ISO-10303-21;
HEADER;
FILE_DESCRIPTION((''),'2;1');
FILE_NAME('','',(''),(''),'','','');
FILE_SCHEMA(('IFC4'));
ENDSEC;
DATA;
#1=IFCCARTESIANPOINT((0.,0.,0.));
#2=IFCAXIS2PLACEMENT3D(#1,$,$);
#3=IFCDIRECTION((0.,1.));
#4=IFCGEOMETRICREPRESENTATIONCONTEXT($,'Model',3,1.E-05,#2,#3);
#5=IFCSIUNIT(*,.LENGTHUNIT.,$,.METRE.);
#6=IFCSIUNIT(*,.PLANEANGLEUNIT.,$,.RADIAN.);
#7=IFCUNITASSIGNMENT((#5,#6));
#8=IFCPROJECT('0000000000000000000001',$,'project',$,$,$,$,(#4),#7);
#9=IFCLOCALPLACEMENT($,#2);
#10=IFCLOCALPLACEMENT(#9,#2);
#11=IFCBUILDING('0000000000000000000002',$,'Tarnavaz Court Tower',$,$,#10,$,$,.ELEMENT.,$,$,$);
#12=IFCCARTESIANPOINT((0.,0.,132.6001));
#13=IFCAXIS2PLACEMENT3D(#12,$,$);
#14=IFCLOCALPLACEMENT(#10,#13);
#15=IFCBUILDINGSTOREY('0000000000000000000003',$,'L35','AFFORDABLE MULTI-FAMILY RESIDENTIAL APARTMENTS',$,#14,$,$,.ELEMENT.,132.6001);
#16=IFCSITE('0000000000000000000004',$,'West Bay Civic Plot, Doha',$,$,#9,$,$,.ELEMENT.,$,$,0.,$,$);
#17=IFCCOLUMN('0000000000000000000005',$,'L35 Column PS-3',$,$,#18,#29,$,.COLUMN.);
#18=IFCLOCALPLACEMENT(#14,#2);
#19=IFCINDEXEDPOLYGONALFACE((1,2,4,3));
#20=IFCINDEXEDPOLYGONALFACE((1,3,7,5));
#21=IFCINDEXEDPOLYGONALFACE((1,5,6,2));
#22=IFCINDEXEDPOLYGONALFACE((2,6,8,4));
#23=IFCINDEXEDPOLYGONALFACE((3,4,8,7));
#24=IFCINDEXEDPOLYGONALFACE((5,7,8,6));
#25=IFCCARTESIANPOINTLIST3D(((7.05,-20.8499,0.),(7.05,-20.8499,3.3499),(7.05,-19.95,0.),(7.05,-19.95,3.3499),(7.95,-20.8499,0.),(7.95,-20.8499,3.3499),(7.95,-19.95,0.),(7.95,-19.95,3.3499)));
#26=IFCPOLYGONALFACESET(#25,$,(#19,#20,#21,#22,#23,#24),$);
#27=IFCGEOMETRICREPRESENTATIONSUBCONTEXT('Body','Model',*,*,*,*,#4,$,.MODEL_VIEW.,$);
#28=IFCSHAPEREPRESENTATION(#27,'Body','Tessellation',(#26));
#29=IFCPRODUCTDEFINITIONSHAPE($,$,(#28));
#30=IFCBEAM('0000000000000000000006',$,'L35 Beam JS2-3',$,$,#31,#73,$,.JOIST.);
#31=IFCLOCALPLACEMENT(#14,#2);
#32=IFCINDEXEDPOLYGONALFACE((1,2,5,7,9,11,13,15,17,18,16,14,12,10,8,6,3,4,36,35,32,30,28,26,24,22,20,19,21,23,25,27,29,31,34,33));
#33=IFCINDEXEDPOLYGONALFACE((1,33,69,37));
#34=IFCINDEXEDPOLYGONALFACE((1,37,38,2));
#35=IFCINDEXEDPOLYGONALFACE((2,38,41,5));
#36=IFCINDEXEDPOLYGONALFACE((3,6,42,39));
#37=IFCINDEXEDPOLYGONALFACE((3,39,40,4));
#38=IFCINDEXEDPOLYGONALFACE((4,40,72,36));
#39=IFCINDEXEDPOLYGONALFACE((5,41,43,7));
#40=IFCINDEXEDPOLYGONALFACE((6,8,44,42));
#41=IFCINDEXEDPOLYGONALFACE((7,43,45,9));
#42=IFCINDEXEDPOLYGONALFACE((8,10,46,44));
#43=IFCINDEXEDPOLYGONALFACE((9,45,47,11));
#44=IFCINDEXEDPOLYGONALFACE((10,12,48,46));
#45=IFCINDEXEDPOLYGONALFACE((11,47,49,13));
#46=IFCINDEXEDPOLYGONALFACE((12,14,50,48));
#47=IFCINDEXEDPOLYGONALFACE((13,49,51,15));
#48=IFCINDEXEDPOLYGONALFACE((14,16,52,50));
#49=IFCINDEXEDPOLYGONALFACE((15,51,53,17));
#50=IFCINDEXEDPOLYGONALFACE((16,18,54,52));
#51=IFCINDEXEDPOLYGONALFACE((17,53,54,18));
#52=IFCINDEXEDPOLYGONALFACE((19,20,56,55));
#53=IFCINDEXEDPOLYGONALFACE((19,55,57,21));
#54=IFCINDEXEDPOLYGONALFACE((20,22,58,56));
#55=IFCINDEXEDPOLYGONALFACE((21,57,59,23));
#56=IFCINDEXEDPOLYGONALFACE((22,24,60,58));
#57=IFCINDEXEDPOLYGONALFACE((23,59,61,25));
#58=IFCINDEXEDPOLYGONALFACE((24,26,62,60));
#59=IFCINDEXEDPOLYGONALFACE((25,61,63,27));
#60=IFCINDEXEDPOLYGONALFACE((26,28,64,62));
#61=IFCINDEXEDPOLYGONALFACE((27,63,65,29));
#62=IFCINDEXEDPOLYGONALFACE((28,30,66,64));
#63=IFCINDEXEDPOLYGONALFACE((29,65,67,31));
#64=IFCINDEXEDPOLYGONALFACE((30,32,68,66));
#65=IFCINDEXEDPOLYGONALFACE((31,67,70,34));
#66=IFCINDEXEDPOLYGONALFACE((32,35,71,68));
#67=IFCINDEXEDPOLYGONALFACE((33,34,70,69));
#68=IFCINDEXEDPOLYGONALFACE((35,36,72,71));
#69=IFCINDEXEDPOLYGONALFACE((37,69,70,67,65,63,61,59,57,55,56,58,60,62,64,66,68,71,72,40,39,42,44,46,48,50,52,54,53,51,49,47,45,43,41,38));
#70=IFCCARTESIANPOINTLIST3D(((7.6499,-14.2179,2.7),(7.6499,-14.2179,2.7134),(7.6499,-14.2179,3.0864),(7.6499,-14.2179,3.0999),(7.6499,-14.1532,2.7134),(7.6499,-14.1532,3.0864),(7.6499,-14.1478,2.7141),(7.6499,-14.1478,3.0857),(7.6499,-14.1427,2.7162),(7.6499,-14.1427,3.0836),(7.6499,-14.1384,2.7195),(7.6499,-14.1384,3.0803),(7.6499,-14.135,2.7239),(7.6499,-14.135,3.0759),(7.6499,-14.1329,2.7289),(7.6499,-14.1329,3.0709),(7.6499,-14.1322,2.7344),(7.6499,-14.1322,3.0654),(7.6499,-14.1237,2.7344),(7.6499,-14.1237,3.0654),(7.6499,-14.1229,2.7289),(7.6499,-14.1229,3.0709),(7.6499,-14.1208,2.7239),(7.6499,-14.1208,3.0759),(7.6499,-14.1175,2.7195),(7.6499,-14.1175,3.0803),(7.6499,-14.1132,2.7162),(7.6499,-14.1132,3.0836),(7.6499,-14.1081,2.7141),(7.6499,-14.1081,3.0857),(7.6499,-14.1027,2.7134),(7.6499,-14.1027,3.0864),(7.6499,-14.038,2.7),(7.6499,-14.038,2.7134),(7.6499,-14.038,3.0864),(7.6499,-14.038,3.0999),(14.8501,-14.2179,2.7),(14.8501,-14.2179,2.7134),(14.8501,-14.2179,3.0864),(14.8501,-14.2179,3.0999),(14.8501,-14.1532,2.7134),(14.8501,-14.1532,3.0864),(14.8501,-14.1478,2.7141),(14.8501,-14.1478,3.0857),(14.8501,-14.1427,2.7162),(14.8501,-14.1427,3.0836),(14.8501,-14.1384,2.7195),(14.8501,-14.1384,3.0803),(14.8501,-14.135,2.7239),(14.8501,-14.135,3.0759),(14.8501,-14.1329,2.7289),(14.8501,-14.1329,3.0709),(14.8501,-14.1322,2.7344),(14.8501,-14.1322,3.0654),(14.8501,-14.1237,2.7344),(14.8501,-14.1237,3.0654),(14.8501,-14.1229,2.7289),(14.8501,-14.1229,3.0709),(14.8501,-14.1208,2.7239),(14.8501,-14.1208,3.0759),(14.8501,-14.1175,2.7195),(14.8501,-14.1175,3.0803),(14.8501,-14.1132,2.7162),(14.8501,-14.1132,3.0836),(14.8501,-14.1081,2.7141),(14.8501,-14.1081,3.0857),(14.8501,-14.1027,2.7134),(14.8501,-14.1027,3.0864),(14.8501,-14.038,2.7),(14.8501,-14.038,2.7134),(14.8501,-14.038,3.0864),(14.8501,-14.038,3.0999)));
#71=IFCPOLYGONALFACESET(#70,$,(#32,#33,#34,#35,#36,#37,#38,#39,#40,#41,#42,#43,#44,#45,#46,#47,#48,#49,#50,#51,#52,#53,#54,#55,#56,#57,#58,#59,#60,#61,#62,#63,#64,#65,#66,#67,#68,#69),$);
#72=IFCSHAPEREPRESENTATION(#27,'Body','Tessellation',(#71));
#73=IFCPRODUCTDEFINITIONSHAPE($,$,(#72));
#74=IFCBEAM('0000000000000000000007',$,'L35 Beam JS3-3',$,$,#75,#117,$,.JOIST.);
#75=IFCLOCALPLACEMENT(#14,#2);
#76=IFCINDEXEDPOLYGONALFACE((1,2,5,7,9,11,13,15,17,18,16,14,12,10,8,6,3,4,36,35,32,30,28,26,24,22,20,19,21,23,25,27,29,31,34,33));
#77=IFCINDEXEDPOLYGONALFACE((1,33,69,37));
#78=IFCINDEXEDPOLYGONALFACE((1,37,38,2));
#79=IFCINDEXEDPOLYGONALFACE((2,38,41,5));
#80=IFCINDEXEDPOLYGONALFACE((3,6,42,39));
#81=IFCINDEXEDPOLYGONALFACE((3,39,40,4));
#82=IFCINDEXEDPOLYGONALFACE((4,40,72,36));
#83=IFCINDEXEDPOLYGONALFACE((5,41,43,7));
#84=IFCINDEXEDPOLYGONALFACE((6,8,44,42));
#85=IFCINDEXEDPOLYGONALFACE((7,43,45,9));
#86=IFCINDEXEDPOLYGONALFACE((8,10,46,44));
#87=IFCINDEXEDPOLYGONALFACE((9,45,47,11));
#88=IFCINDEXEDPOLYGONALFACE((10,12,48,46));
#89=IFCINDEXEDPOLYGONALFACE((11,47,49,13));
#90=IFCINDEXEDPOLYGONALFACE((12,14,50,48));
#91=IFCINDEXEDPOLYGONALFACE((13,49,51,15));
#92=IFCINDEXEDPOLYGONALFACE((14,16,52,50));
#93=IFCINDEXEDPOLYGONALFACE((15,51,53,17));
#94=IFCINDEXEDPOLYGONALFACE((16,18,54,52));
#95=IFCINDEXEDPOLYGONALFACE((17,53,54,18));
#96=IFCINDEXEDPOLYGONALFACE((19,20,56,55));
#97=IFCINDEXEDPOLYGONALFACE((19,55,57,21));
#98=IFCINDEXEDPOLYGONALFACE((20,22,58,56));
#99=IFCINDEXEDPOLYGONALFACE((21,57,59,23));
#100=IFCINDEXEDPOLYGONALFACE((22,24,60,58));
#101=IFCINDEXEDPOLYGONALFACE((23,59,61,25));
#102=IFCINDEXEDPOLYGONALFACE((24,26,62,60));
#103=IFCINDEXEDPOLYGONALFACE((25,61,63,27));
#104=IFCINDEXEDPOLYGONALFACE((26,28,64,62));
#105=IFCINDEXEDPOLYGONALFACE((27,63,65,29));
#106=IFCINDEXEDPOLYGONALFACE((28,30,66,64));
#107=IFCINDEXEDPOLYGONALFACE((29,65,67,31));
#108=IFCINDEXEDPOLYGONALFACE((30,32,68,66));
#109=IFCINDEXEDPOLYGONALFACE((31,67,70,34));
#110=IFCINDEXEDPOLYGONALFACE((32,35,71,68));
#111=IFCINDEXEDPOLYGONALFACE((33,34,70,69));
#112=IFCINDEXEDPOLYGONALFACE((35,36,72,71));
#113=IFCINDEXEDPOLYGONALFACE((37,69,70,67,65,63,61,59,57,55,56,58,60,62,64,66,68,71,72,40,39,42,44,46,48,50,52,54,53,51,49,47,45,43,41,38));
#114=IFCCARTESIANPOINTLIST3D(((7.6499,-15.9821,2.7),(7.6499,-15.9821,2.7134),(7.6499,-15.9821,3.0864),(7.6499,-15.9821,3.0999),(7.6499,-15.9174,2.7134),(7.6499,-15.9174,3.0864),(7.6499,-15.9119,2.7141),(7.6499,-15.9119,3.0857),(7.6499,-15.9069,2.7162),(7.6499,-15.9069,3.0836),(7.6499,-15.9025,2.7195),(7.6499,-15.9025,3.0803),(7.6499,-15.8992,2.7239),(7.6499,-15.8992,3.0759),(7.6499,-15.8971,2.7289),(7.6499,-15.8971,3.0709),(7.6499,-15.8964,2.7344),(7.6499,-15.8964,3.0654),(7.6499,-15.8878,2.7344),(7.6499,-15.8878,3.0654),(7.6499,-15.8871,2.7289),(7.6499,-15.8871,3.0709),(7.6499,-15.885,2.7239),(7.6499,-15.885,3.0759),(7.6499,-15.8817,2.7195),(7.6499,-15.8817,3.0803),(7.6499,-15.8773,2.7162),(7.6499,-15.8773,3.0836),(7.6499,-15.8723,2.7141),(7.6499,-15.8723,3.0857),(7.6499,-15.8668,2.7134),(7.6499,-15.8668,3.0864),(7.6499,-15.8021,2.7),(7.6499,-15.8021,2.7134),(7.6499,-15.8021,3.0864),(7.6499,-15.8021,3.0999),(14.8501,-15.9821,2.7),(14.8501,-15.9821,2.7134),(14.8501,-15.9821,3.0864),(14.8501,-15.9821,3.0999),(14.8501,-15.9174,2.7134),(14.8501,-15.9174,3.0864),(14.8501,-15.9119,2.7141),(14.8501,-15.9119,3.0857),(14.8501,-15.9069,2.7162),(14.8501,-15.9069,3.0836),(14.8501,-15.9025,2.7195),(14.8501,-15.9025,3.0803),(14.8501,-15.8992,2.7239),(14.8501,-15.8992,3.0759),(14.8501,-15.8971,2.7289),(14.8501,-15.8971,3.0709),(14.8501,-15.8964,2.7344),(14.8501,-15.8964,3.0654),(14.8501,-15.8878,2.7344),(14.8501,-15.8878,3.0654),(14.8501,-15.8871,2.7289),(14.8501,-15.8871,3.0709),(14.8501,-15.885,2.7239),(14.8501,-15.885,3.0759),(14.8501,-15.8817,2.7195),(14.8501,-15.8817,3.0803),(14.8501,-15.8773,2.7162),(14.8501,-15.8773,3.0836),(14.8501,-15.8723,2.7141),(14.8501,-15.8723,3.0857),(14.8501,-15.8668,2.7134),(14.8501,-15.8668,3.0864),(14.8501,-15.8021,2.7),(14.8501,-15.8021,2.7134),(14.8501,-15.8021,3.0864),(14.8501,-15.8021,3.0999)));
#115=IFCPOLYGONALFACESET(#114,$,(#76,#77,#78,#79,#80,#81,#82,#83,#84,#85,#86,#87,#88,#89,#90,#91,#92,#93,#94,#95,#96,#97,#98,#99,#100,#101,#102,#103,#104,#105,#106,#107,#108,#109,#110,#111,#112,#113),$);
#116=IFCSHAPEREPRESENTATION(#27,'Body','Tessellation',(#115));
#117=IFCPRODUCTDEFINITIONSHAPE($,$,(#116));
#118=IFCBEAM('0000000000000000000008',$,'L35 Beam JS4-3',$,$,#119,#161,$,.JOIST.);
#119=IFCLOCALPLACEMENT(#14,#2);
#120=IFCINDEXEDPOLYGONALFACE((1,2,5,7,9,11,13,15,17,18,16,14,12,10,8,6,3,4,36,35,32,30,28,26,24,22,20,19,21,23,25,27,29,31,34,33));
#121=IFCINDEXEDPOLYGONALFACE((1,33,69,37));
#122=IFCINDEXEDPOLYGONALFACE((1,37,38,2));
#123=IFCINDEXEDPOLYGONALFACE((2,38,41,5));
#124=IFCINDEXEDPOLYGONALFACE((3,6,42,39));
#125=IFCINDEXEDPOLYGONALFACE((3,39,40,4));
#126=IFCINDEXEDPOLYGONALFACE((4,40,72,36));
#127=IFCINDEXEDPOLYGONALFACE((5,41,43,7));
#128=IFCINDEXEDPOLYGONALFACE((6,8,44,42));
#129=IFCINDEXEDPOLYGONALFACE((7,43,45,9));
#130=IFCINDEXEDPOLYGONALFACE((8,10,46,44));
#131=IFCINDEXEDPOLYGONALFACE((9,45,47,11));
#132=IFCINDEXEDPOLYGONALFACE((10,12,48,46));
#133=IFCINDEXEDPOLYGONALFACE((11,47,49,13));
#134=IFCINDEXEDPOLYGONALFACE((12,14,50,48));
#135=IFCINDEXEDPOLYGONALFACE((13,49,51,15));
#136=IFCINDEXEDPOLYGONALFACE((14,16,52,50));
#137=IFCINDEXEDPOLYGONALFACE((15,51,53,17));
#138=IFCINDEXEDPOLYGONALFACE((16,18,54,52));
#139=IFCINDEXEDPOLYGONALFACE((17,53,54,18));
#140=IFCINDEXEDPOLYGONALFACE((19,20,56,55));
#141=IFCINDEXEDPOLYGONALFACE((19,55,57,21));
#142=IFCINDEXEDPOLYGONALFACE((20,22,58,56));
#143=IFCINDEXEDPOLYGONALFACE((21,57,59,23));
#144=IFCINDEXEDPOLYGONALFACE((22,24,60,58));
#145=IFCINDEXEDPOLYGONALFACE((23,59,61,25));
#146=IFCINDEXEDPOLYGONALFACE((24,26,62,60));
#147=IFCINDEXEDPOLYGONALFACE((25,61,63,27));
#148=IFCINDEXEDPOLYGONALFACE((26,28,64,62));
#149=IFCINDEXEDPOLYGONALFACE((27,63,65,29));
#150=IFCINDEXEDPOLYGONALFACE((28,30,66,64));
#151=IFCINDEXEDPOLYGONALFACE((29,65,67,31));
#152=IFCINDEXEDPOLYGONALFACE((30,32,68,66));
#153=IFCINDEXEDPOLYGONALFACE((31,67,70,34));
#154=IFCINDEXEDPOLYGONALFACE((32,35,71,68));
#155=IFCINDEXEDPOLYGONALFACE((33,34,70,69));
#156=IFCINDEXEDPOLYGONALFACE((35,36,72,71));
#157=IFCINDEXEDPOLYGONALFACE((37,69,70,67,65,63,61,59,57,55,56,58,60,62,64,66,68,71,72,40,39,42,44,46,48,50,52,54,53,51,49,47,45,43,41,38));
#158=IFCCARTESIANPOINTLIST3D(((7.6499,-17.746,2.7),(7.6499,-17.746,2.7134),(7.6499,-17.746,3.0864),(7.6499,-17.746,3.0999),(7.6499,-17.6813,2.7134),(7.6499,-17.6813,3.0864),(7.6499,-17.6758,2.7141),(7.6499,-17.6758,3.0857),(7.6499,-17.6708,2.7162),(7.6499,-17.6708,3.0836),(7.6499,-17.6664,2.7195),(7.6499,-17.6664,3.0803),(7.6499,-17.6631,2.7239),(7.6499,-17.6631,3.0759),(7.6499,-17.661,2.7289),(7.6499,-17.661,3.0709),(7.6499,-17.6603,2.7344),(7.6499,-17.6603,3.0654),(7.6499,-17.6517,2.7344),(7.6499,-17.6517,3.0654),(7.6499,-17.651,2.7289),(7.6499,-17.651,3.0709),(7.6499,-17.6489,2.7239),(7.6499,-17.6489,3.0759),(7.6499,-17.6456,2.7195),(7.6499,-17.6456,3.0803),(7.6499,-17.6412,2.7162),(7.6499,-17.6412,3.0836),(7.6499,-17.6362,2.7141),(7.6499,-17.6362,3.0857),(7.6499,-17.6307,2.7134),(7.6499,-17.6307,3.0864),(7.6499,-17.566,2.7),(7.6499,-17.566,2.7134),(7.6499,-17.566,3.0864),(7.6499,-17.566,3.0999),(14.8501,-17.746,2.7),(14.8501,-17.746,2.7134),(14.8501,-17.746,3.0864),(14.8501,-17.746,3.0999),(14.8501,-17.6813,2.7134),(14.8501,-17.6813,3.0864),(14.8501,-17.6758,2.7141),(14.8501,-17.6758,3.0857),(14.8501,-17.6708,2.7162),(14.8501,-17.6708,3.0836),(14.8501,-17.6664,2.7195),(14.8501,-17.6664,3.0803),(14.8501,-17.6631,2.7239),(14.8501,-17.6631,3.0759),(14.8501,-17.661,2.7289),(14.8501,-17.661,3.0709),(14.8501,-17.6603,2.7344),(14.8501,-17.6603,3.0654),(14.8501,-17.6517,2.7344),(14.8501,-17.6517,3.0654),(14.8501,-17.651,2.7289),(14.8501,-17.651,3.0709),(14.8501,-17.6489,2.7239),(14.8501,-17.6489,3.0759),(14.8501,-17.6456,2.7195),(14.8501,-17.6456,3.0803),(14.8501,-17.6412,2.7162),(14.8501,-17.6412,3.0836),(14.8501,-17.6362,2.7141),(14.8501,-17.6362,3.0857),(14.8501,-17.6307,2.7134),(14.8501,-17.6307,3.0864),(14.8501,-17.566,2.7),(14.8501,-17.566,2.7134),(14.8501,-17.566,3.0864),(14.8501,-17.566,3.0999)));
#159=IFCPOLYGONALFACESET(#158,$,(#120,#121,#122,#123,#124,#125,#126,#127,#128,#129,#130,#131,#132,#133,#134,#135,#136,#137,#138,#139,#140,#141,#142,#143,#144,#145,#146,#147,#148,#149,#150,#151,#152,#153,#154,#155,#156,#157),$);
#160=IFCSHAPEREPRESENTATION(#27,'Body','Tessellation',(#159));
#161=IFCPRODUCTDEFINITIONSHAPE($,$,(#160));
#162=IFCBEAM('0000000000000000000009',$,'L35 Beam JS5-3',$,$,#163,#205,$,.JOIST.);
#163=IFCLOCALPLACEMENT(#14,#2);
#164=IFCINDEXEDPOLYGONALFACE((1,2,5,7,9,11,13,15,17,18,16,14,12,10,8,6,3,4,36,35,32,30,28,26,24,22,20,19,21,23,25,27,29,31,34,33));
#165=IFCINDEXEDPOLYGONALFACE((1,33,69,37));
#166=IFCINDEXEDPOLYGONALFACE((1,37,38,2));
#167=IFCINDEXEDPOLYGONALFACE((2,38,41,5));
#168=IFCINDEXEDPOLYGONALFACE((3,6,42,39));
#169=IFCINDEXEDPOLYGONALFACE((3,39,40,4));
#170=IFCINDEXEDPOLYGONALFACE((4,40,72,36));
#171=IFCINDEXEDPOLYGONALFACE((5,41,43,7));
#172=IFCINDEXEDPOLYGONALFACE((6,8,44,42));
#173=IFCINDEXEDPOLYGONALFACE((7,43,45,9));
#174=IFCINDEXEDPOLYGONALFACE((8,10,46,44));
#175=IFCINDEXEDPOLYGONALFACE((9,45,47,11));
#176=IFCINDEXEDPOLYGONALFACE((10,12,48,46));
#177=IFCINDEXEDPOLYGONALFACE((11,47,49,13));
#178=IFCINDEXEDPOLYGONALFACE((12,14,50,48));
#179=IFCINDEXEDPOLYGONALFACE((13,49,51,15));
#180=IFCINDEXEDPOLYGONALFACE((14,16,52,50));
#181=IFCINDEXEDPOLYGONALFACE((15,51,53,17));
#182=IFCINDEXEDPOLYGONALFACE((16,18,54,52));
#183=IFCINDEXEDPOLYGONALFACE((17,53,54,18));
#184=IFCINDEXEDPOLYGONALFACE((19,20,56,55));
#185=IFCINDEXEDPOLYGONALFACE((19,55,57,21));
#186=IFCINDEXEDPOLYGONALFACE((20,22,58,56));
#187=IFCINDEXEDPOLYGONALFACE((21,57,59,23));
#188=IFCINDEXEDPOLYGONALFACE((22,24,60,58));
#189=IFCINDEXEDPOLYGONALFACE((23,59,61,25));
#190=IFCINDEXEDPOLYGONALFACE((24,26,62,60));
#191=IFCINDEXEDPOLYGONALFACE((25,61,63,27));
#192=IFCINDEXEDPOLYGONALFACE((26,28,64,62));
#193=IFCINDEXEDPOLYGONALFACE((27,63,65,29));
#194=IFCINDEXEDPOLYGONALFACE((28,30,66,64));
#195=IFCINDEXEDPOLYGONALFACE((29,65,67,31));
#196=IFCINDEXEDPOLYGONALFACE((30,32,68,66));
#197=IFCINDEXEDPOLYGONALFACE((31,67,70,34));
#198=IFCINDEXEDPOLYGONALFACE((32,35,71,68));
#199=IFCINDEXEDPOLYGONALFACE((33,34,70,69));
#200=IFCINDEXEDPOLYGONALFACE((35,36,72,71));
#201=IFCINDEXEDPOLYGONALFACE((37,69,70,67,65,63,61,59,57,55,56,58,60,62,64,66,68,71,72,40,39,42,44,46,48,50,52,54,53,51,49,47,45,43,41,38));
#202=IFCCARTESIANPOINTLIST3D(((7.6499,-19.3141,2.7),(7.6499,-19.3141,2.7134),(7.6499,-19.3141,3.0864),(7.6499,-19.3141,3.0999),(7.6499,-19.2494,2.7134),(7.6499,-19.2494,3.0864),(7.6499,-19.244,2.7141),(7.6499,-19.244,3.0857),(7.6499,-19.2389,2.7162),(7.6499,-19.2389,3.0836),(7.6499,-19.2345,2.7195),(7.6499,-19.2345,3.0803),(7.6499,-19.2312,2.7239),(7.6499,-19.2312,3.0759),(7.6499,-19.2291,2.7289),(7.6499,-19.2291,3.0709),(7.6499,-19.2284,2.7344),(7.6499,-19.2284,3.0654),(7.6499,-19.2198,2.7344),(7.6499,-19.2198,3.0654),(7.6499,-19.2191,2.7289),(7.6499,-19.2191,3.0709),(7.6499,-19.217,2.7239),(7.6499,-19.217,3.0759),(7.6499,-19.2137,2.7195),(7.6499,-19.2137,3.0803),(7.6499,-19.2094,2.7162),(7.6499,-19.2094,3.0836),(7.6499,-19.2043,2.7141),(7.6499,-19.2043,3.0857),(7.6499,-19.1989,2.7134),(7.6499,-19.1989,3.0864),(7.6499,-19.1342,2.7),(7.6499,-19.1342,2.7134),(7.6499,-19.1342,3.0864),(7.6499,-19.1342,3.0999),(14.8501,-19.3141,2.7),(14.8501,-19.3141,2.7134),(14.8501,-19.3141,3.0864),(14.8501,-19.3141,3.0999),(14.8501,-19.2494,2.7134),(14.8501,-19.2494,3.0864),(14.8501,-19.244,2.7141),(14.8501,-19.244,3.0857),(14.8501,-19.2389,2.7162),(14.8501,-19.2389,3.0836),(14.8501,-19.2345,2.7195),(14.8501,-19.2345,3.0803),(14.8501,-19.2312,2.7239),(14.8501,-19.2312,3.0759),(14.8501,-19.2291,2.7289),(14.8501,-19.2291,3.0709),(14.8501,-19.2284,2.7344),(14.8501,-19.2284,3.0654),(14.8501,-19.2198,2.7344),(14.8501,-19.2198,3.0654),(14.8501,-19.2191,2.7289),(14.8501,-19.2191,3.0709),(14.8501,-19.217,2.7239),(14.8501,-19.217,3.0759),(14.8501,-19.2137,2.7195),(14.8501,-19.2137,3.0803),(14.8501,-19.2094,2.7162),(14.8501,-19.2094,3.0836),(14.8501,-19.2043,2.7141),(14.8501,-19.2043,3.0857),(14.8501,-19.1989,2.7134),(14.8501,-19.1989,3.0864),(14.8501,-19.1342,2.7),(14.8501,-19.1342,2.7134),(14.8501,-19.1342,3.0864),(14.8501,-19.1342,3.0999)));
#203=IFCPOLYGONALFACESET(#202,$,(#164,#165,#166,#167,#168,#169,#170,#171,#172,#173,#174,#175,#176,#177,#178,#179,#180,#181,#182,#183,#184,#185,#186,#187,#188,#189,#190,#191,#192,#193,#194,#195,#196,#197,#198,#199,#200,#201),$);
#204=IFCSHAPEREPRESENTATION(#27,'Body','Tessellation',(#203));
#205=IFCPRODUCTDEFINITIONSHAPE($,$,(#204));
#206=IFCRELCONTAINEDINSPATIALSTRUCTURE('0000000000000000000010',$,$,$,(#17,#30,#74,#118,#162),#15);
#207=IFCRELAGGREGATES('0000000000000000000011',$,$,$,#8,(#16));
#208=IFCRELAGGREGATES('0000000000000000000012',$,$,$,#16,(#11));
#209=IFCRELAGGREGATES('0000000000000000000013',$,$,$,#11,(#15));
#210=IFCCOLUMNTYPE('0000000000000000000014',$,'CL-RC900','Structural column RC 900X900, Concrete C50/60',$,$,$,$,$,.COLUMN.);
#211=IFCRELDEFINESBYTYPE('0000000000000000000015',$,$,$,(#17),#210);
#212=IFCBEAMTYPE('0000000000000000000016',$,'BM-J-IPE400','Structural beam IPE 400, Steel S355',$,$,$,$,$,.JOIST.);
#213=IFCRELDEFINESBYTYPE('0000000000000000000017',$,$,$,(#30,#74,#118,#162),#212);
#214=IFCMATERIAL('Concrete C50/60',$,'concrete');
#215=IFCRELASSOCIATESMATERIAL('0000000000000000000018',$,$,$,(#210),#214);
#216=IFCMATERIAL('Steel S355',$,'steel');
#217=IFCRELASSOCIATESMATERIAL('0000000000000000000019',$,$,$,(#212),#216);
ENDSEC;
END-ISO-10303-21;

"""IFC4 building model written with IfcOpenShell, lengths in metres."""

from ifc_helpers import new_model, si_unit, direction, frame, origin, origin_2d, place, context, subcontext, project, spatial, rectangle, i_section, extrude, material, material_profile, profile_set, type_object, element, save


model = new_model("IFC4")

# Units and contexts
model_context = context("Model", 3, precision=1e-05, world=origin(), true_north=direction((0.0, 1.0)))
body_context = subcontext(model_context, "Body", "Model", "MODEL_VIEW")
ifc_project = project(units=[si_unit("LENGTHUNIT", "METRE"), si_unit("PLANEANGLEUNIT", "RADIAN")], contexts=[model_context])

# Site, building, storey
site_placement = place(None, origin())
site = spatial("IfcSite", under=ifc_project, at=site_placement, Name="West Bay Civic Plot, Doha", CompositionType="ELEMENT", RefElevation=0.0)
building_placement = place(site_placement, origin())
building = spatial("IfcBuilding", under=site, at=building_placement, Name="Tarnavaz Court Tower", CompositionType="ELEMENT")
storey_placement = place(building_placement, frame((0.0, 0.0, 132.6001)))
storey = spatial("IfcBuildingStorey", under=building, at=storey_placement, Name="L35", Description="AFFORDABLE MULTI-FAMILY RESIDENTIAL APARTMENTS", CompositionType="ELEMENT", Elevation=132.6001)

# Column
ifc_material_1 = material(Name="Concrete C50/60", Category="concrete")
ifc_material_profile_1 = material_profile(ifc_material_1, rectangle(XDim=0.8999, YDim=0.8999, at=origin_2d()), Name="RC 900X900")
ifc_profile_set_1 = profile_set([ifc_material_profile_1], Name="Concrete C50/60")
column_type = type_object("IfcColumnType", Name="CL-RC900", Description="Structural column RC 900X900, Concrete C50/60", PredefinedType="COLUMN", material=ifc_profile_set_1)
column_placement = place(storey_placement, frame((7.5, -20.3999, 0.0), z_axis=(0.0, 0.0, 1.0), x_axis=(1.0, 0.0, 0.0)))
element("IfcColumn", 1, at=column_placement, inside=storey, type_object=column_type, Name="L35 Column PS-3", PredefinedType="COLUMN", context=body_context, shape_type="SweptSolid", body=[
    extrude(rectangle(XDim=0.8999, YDim=0.8999, at=origin_2d()), origin(), (0.0, 0.0, 1.0), 3.3499),
])

# Beams
ifc_material_2 = material(Name="Steel S355", Category="steel")
ifc_material_profile_2 = material_profile(ifc_material_2, i_section(OverallWidth=0.1799, OverallDepth=0.3999, WebThickness=0.0085, FlangeThickness=0.0134, FilletRadius=0.021, at=origin_2d()), Name="IPE 400")
ifc_profile_set_2 = profile_set([ifc_material_profile_2], Name="Steel S355")
beam_type_1 = type_object("IfcBeamType", Name="BM-J-IPE400", Description="Structural beam IPE 400, Steel S355", PredefinedType="JOIST", material=ifc_profile_set_2)
for number, where, z_axis, x_axis, name in (
    (2, (7.6499, -14.1279, 2.8999), (1.0, 0.0, 0.0), (0.0, 1.0, 0.0), "L35 Beam JS2-3"),
    (3, (7.6499, -15.8921, 2.8999), (1.0, 0.0, 0.0), (0.0, 1.0, 0.0), "L35 Beam JS3-3"),
    (4, (7.6499, -17.656, 2.8999), (1.0, 0.0, 0.0), (0.0, 1.0, 0.0), "L35 Beam JS4-3"),
    (5, (7.6499, -19.2241, 2.8999), (1.0, 0.0, 0.0), (0.0, 1.0, 0.0), "L35 Beam JS5-3"),
):
    element("IfcBeam", number, at=place(storey_placement, frame(where, z_axis=z_axis, x_axis=x_axis)), inside=storey, type_object=beam_type_1, Name=name, PredefinedType="JOIST", context=body_context, shape_type="SweptSolid", body=[
        extrude(i_section(OverallWidth=0.1799, OverallDepth=0.3999, WebThickness=0.0085, FlangeThickness=0.0134, FilletRadius=0.021, at=origin_2d()), origin(), (0.0, 0.0, 1.0), 7.2002),
    ])

save(model, "model.ifc")
